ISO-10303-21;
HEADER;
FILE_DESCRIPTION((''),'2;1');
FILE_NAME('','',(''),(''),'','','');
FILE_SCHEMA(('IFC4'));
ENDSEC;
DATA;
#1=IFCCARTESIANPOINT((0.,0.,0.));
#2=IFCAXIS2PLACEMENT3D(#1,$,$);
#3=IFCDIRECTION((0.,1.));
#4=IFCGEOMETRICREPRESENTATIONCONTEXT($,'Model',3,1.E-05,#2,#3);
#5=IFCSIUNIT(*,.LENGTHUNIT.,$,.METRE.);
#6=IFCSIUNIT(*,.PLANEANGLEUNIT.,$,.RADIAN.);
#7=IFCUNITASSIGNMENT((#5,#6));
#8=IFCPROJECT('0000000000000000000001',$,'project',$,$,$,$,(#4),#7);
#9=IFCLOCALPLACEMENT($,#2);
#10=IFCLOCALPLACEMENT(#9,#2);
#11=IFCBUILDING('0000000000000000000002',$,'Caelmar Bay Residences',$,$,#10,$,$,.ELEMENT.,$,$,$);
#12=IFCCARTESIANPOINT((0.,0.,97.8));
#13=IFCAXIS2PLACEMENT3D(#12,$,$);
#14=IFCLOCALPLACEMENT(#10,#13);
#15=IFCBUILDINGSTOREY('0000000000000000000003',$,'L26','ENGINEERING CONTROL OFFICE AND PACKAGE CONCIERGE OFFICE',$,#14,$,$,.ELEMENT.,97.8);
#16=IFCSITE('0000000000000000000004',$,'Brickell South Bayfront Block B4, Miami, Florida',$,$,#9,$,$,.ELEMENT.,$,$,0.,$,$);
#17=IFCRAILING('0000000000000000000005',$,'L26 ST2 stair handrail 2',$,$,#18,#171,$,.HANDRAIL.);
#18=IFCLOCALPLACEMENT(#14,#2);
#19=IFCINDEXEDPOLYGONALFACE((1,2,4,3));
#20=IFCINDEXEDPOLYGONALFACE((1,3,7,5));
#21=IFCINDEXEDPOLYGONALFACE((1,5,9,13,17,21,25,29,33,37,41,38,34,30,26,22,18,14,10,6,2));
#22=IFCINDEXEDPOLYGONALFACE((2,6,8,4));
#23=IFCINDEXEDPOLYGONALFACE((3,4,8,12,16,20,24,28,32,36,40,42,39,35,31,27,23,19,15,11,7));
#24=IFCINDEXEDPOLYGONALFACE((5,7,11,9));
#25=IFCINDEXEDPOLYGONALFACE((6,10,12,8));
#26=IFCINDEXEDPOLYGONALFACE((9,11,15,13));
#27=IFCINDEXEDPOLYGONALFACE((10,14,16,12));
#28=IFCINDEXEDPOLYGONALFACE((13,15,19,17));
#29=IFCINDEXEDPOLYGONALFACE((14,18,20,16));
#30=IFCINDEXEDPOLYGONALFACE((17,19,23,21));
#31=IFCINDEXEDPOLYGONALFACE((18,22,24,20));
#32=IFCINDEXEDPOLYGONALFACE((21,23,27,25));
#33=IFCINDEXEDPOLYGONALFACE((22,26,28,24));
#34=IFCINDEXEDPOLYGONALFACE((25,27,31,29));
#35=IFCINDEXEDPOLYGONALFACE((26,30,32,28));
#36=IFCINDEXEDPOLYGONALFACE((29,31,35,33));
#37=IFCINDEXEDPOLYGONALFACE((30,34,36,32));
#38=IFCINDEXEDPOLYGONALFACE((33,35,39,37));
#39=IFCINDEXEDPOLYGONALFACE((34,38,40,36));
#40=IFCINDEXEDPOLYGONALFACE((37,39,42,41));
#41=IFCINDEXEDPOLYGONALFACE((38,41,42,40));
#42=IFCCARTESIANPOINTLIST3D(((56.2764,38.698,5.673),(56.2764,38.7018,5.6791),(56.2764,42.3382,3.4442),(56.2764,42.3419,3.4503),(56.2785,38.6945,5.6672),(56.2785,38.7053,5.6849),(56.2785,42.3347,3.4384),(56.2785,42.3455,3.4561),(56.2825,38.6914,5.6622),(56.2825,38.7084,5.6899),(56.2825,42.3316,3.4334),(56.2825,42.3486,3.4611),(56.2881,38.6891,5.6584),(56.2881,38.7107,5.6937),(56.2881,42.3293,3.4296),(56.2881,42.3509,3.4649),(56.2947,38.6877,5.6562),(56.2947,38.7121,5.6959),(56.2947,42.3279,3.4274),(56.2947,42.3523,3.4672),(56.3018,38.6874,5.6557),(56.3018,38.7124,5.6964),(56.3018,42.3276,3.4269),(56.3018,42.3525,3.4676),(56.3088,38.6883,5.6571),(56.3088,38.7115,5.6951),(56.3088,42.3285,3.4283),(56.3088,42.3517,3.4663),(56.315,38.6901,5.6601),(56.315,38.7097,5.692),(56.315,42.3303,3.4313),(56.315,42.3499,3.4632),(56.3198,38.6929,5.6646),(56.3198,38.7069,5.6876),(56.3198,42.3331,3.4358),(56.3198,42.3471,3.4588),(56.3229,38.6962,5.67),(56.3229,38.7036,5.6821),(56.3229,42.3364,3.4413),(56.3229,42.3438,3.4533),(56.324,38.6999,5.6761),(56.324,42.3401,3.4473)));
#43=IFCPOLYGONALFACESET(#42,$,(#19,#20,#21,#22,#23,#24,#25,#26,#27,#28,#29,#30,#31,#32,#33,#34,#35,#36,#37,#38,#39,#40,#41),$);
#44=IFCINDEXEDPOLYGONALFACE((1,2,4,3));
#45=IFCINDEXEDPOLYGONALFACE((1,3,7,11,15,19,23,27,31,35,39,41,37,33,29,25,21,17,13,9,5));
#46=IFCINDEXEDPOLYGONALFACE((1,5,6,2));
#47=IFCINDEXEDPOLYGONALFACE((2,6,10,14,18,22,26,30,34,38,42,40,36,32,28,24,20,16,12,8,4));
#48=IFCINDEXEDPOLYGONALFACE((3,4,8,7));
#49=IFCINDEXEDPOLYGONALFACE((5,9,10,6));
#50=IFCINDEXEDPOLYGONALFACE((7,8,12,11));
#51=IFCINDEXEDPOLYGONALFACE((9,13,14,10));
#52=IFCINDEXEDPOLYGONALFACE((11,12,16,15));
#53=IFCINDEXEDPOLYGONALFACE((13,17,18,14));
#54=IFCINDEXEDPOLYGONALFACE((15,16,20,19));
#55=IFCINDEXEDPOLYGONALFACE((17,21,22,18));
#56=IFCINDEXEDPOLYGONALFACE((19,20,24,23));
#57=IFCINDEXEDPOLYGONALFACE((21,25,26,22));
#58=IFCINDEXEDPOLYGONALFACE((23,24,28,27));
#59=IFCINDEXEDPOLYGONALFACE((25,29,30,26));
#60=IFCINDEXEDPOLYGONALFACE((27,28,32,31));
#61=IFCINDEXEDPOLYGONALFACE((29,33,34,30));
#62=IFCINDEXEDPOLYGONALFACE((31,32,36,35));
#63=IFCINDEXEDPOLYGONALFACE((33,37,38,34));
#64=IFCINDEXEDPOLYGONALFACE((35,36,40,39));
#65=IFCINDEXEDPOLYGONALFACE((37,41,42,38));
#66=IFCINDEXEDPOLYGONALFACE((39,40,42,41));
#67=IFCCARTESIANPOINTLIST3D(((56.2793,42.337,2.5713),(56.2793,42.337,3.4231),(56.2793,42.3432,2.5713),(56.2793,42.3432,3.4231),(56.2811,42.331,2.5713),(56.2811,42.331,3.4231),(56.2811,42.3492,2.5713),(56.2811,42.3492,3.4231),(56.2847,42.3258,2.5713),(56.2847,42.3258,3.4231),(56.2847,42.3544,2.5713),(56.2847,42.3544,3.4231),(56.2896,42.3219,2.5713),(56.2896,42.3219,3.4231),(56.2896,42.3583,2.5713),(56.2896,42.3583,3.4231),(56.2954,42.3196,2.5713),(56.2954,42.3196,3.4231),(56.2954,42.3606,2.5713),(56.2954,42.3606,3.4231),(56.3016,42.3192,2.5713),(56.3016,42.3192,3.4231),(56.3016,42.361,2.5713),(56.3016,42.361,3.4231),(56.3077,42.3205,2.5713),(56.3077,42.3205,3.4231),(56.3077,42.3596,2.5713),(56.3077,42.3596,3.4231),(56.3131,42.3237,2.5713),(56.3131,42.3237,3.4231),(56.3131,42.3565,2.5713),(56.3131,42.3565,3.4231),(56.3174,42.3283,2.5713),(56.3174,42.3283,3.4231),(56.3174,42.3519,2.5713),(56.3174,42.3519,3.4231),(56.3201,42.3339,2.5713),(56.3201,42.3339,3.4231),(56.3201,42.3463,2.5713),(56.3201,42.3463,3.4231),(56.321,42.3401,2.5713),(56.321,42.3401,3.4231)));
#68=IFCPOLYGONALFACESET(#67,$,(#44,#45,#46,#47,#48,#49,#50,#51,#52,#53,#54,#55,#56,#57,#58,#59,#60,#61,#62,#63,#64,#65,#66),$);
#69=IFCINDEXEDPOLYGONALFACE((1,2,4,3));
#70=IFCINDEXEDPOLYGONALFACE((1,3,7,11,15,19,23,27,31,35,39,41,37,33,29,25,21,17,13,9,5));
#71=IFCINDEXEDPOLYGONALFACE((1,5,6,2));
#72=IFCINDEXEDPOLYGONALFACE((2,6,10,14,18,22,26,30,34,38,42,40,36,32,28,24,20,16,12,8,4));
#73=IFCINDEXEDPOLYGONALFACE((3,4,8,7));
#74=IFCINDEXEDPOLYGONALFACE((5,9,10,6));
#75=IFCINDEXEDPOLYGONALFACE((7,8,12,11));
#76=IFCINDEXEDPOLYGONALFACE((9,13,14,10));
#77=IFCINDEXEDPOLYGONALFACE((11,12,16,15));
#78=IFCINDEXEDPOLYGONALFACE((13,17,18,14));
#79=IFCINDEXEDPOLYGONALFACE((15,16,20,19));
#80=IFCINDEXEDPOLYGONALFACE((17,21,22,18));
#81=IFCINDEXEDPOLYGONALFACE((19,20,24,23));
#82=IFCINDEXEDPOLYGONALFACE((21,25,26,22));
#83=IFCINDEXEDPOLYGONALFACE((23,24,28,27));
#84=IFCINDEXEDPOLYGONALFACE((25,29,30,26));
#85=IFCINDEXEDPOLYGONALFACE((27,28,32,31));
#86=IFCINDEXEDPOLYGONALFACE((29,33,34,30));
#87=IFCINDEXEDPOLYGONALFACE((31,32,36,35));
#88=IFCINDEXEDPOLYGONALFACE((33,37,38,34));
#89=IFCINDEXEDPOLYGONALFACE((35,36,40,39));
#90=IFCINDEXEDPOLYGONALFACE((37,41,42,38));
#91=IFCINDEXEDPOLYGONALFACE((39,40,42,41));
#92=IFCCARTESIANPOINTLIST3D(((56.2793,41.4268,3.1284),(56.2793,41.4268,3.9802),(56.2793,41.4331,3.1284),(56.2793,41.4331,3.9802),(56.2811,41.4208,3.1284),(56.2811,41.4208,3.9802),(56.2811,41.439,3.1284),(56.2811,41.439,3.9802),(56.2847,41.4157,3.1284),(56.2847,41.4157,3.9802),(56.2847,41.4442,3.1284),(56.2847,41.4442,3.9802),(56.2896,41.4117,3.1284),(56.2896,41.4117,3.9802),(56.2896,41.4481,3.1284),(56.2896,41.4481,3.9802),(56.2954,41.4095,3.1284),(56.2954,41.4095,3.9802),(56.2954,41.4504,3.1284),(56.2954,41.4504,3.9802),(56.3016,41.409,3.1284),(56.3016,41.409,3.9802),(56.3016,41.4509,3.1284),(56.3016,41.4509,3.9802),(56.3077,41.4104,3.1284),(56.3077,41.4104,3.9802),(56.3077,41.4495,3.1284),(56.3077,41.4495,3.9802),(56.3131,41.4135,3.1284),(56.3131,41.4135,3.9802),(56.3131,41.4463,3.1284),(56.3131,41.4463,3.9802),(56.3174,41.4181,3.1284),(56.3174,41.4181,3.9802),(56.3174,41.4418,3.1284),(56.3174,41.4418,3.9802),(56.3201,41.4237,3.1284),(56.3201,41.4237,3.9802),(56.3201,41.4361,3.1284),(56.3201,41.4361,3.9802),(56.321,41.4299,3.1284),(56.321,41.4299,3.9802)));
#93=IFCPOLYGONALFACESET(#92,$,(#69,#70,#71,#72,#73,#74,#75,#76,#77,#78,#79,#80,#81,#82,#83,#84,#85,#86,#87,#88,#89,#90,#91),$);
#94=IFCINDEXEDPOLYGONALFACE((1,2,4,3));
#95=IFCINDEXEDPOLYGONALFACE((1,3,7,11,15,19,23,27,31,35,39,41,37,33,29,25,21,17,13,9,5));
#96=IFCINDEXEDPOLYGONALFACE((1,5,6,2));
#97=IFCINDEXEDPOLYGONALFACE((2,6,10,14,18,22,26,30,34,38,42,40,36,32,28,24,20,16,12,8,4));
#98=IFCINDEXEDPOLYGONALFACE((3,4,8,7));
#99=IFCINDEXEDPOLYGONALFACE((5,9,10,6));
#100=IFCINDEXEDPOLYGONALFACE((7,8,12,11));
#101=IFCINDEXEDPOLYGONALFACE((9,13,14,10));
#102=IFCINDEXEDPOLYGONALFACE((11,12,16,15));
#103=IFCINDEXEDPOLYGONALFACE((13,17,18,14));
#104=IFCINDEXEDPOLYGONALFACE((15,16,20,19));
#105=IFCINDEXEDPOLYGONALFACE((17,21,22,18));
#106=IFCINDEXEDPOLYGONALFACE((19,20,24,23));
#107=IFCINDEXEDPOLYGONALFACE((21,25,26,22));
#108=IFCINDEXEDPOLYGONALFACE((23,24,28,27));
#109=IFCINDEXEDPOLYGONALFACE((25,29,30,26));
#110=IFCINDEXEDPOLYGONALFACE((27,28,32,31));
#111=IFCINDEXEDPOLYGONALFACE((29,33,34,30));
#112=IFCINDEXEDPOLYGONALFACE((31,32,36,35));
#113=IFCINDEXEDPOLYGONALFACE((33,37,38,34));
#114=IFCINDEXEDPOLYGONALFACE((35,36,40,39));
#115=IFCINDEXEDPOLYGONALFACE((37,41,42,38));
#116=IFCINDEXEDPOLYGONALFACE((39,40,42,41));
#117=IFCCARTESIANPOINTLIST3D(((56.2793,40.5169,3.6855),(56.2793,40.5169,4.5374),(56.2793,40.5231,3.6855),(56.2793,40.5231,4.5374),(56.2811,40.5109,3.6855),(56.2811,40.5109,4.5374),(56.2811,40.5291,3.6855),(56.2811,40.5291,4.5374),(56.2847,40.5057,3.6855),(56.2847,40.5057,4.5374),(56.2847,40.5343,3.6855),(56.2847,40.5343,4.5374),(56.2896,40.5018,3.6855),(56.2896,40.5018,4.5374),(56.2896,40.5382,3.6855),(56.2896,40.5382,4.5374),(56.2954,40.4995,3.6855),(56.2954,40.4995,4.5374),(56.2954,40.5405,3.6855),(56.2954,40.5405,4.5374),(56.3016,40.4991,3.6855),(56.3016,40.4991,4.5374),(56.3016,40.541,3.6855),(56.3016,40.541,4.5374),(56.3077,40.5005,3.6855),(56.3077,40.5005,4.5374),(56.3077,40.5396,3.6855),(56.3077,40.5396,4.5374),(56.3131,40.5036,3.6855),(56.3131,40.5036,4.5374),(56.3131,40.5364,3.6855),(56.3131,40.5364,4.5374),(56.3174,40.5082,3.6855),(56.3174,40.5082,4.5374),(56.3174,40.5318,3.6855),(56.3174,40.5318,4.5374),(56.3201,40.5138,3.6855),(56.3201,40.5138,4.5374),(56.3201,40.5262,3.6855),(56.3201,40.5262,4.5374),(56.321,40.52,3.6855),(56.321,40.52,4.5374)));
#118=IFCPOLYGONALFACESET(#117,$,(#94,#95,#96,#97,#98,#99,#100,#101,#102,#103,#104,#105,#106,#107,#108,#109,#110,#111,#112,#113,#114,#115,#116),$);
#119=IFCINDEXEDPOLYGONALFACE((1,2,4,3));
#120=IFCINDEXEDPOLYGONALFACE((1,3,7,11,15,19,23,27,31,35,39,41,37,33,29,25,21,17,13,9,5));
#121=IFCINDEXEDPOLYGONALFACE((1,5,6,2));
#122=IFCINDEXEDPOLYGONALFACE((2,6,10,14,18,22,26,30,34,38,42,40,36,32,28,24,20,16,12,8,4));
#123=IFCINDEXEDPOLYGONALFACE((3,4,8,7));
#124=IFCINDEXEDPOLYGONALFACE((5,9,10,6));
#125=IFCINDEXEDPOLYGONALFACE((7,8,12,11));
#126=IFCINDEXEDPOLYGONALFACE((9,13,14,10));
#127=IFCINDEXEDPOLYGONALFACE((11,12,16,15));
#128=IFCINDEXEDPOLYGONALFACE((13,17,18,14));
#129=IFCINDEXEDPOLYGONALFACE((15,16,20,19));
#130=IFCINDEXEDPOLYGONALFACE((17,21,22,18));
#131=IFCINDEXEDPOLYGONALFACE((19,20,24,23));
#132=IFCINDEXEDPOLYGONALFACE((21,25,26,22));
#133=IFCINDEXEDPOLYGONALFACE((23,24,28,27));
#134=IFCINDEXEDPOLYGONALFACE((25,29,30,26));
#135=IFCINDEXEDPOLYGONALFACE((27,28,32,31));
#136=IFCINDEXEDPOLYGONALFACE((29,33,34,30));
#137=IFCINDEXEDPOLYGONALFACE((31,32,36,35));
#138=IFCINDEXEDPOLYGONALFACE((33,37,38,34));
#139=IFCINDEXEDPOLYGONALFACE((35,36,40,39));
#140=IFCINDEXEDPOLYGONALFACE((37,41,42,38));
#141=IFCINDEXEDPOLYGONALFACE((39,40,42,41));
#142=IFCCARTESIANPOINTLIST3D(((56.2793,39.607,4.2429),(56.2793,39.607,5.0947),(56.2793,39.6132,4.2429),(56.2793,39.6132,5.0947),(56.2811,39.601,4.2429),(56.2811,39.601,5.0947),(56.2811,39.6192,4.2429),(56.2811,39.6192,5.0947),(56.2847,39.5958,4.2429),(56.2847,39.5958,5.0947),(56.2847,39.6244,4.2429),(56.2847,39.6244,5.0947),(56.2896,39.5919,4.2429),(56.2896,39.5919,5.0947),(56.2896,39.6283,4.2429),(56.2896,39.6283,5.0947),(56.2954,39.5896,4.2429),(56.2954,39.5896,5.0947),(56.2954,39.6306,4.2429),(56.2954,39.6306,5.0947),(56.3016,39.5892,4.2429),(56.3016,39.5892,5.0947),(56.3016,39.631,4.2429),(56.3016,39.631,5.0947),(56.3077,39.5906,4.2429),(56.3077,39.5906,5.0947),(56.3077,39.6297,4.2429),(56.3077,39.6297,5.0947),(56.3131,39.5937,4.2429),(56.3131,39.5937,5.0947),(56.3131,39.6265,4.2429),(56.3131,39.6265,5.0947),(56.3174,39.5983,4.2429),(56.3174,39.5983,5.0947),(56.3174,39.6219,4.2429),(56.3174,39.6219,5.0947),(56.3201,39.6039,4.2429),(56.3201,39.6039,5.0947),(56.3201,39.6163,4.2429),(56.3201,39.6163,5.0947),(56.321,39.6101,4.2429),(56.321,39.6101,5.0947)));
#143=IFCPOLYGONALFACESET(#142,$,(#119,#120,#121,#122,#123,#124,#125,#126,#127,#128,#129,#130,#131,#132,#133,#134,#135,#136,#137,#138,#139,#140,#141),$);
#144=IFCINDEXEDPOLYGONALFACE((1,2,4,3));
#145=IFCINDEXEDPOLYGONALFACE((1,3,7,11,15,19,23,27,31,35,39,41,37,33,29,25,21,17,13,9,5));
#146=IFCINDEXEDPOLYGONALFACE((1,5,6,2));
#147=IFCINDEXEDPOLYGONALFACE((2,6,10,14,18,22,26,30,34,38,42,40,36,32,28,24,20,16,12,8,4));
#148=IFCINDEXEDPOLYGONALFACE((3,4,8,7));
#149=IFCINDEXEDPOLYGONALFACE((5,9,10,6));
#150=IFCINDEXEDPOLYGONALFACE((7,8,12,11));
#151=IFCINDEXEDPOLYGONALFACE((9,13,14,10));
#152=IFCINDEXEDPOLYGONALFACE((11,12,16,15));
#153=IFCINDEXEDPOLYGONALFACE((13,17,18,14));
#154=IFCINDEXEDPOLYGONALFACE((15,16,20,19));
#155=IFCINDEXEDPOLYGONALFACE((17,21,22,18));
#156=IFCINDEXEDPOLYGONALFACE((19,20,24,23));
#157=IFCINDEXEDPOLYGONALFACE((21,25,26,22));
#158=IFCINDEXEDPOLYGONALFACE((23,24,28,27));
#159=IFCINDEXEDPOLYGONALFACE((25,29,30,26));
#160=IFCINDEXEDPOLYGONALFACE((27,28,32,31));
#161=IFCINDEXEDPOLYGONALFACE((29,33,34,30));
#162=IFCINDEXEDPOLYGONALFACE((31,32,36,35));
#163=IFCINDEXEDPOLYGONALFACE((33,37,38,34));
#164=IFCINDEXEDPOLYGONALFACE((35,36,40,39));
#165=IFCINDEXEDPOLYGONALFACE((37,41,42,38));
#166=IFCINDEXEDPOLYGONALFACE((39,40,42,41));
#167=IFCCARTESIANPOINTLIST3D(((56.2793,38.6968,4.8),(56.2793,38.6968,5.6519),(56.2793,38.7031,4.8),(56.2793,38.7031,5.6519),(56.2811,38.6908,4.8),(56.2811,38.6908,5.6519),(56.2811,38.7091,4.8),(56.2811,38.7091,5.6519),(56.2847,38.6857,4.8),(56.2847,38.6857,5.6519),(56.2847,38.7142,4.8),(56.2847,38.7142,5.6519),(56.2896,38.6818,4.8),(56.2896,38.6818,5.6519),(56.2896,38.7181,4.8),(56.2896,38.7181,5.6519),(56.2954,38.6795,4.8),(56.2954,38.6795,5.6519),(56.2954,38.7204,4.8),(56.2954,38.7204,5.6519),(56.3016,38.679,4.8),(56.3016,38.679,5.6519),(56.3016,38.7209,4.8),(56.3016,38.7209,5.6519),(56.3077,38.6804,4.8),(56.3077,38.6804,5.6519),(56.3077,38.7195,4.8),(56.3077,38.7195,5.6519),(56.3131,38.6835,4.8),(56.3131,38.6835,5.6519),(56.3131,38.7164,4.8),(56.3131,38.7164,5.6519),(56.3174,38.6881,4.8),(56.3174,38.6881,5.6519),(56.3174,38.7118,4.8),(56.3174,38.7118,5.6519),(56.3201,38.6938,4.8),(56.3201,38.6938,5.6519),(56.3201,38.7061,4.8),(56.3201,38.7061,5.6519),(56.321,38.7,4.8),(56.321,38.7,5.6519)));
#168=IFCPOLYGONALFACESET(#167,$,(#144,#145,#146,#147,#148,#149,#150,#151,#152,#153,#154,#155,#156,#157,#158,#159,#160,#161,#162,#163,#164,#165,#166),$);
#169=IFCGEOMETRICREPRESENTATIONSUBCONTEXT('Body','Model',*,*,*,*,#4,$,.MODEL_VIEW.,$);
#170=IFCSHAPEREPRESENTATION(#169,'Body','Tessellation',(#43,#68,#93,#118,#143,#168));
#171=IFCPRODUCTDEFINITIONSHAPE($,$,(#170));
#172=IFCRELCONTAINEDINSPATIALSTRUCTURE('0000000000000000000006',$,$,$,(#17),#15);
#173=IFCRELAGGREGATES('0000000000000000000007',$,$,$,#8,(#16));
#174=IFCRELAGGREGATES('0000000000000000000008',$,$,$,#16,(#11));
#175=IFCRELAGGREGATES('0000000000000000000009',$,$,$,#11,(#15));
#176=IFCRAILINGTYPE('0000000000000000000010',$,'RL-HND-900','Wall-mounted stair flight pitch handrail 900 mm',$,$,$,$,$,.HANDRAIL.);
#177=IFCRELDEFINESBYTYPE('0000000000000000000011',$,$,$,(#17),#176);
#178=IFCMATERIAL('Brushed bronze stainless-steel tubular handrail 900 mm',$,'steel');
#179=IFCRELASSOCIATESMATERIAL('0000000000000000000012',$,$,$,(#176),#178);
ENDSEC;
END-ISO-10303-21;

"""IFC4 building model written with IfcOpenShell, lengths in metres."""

from ifc_helpers import new_model, si_unit, direction, frame, origin, origin_2d, place, context, subcontext, project, spatial, circle, extrude, material, type_object, element, save


model = new_model("IFC4")

# Units and contexts
model_context = context("Model", 3, precision=1e-05, world=origin(), true_north=direction((0.0, 1.0)))
body_context = subcontext(model_context, "Body", "Model", "MODEL_VIEW")
ifc_project = project(units=[si_unit("LENGTHUNIT", "METRE"), si_unit("PLANEANGLEUNIT", "RADIAN")], contexts=[model_context])

# Site, building, storey
site_placement = place(None, origin())
site = spatial("IfcSite", under=ifc_project, at=site_placement, Name="Brickell South Bayfront Block B4, Miami, Florida", CompositionType="ELEMENT", RefElevation=0.0)
building_placement = place(site_placement, origin())
building = spatial("IfcBuilding", under=site, at=building_placement, Name="Caelmar Bay Residences", CompositionType="ELEMENT")
storey_placement = place(building_placement, frame((0.0, 0.0, 97.8)))
storey = spatial("IfcBuildingStorey", under=building, at=storey_placement, Name="L26", Description="ENGINEERING CONTROL OFFICE AND PACKAGE CONCIERGE OFFICE", CompositionType="ELEMENT", Elevation=97.8)

# Railing
ifc_material_1 = material(Name="Brushed bronze stainless-steel tubular handrail 900 mm", Category="steel")
railing_type_1 = type_object("IfcRailingType", Name="RL-HND-900", Description="Wall-mounted stair flight pitch handrail 900 mm", PredefinedType="HANDRAIL", material=ifc_material_1)
railing_1_placement = place(storey_placement, frame((56.3, 42.3401, 2.5713)))
element("IfcRailing", 1, at=railing_1_placement, inside=storey, type_object=railing_type_1, Name="L26 ST2 stair handrail 2", PredefinedType="HANDRAIL", context=body_context, shape_type="SweptSolid", body=[
    extrude(circle(Radius=0.0239, at=origin_2d()), frame((0.0, 0.0, 0.876), z_axis=(0.0, -0.85284, 0.522172), x_axis=(1.0, 0.0, 0.0)), (0.0, 0.0, 1.0), 4.2683),
    extrude(circle(Radius=0.021, at=origin_2d()), origin(), (0.0, 0.0, 1.0), 0.8518),
    extrude(circle(Radius=0.021, at=origin_2d()), frame((0.0, -0.9102, 0.5571)), (0.0, 0.0, 1.0), 0.8518),
    extrude(circle(Radius=0.021, at=origin_2d()), frame((0.0, -1.8201, 1.1143)), (0.0, 0.0, 1.0), 0.8518),
    extrude(circle(Radius=0.021, at=origin_2d()), frame((0.0, -2.73, 1.6716)), (0.0, 0.0, 1.0), 0.8518),
    extrude(circle(Radius=0.021, at=origin_2d()), frame((0.0, -3.6401, 2.2288)), (0.0, 0.0, 1.0), 0.8518),
])

save(model, "model.ifc")
